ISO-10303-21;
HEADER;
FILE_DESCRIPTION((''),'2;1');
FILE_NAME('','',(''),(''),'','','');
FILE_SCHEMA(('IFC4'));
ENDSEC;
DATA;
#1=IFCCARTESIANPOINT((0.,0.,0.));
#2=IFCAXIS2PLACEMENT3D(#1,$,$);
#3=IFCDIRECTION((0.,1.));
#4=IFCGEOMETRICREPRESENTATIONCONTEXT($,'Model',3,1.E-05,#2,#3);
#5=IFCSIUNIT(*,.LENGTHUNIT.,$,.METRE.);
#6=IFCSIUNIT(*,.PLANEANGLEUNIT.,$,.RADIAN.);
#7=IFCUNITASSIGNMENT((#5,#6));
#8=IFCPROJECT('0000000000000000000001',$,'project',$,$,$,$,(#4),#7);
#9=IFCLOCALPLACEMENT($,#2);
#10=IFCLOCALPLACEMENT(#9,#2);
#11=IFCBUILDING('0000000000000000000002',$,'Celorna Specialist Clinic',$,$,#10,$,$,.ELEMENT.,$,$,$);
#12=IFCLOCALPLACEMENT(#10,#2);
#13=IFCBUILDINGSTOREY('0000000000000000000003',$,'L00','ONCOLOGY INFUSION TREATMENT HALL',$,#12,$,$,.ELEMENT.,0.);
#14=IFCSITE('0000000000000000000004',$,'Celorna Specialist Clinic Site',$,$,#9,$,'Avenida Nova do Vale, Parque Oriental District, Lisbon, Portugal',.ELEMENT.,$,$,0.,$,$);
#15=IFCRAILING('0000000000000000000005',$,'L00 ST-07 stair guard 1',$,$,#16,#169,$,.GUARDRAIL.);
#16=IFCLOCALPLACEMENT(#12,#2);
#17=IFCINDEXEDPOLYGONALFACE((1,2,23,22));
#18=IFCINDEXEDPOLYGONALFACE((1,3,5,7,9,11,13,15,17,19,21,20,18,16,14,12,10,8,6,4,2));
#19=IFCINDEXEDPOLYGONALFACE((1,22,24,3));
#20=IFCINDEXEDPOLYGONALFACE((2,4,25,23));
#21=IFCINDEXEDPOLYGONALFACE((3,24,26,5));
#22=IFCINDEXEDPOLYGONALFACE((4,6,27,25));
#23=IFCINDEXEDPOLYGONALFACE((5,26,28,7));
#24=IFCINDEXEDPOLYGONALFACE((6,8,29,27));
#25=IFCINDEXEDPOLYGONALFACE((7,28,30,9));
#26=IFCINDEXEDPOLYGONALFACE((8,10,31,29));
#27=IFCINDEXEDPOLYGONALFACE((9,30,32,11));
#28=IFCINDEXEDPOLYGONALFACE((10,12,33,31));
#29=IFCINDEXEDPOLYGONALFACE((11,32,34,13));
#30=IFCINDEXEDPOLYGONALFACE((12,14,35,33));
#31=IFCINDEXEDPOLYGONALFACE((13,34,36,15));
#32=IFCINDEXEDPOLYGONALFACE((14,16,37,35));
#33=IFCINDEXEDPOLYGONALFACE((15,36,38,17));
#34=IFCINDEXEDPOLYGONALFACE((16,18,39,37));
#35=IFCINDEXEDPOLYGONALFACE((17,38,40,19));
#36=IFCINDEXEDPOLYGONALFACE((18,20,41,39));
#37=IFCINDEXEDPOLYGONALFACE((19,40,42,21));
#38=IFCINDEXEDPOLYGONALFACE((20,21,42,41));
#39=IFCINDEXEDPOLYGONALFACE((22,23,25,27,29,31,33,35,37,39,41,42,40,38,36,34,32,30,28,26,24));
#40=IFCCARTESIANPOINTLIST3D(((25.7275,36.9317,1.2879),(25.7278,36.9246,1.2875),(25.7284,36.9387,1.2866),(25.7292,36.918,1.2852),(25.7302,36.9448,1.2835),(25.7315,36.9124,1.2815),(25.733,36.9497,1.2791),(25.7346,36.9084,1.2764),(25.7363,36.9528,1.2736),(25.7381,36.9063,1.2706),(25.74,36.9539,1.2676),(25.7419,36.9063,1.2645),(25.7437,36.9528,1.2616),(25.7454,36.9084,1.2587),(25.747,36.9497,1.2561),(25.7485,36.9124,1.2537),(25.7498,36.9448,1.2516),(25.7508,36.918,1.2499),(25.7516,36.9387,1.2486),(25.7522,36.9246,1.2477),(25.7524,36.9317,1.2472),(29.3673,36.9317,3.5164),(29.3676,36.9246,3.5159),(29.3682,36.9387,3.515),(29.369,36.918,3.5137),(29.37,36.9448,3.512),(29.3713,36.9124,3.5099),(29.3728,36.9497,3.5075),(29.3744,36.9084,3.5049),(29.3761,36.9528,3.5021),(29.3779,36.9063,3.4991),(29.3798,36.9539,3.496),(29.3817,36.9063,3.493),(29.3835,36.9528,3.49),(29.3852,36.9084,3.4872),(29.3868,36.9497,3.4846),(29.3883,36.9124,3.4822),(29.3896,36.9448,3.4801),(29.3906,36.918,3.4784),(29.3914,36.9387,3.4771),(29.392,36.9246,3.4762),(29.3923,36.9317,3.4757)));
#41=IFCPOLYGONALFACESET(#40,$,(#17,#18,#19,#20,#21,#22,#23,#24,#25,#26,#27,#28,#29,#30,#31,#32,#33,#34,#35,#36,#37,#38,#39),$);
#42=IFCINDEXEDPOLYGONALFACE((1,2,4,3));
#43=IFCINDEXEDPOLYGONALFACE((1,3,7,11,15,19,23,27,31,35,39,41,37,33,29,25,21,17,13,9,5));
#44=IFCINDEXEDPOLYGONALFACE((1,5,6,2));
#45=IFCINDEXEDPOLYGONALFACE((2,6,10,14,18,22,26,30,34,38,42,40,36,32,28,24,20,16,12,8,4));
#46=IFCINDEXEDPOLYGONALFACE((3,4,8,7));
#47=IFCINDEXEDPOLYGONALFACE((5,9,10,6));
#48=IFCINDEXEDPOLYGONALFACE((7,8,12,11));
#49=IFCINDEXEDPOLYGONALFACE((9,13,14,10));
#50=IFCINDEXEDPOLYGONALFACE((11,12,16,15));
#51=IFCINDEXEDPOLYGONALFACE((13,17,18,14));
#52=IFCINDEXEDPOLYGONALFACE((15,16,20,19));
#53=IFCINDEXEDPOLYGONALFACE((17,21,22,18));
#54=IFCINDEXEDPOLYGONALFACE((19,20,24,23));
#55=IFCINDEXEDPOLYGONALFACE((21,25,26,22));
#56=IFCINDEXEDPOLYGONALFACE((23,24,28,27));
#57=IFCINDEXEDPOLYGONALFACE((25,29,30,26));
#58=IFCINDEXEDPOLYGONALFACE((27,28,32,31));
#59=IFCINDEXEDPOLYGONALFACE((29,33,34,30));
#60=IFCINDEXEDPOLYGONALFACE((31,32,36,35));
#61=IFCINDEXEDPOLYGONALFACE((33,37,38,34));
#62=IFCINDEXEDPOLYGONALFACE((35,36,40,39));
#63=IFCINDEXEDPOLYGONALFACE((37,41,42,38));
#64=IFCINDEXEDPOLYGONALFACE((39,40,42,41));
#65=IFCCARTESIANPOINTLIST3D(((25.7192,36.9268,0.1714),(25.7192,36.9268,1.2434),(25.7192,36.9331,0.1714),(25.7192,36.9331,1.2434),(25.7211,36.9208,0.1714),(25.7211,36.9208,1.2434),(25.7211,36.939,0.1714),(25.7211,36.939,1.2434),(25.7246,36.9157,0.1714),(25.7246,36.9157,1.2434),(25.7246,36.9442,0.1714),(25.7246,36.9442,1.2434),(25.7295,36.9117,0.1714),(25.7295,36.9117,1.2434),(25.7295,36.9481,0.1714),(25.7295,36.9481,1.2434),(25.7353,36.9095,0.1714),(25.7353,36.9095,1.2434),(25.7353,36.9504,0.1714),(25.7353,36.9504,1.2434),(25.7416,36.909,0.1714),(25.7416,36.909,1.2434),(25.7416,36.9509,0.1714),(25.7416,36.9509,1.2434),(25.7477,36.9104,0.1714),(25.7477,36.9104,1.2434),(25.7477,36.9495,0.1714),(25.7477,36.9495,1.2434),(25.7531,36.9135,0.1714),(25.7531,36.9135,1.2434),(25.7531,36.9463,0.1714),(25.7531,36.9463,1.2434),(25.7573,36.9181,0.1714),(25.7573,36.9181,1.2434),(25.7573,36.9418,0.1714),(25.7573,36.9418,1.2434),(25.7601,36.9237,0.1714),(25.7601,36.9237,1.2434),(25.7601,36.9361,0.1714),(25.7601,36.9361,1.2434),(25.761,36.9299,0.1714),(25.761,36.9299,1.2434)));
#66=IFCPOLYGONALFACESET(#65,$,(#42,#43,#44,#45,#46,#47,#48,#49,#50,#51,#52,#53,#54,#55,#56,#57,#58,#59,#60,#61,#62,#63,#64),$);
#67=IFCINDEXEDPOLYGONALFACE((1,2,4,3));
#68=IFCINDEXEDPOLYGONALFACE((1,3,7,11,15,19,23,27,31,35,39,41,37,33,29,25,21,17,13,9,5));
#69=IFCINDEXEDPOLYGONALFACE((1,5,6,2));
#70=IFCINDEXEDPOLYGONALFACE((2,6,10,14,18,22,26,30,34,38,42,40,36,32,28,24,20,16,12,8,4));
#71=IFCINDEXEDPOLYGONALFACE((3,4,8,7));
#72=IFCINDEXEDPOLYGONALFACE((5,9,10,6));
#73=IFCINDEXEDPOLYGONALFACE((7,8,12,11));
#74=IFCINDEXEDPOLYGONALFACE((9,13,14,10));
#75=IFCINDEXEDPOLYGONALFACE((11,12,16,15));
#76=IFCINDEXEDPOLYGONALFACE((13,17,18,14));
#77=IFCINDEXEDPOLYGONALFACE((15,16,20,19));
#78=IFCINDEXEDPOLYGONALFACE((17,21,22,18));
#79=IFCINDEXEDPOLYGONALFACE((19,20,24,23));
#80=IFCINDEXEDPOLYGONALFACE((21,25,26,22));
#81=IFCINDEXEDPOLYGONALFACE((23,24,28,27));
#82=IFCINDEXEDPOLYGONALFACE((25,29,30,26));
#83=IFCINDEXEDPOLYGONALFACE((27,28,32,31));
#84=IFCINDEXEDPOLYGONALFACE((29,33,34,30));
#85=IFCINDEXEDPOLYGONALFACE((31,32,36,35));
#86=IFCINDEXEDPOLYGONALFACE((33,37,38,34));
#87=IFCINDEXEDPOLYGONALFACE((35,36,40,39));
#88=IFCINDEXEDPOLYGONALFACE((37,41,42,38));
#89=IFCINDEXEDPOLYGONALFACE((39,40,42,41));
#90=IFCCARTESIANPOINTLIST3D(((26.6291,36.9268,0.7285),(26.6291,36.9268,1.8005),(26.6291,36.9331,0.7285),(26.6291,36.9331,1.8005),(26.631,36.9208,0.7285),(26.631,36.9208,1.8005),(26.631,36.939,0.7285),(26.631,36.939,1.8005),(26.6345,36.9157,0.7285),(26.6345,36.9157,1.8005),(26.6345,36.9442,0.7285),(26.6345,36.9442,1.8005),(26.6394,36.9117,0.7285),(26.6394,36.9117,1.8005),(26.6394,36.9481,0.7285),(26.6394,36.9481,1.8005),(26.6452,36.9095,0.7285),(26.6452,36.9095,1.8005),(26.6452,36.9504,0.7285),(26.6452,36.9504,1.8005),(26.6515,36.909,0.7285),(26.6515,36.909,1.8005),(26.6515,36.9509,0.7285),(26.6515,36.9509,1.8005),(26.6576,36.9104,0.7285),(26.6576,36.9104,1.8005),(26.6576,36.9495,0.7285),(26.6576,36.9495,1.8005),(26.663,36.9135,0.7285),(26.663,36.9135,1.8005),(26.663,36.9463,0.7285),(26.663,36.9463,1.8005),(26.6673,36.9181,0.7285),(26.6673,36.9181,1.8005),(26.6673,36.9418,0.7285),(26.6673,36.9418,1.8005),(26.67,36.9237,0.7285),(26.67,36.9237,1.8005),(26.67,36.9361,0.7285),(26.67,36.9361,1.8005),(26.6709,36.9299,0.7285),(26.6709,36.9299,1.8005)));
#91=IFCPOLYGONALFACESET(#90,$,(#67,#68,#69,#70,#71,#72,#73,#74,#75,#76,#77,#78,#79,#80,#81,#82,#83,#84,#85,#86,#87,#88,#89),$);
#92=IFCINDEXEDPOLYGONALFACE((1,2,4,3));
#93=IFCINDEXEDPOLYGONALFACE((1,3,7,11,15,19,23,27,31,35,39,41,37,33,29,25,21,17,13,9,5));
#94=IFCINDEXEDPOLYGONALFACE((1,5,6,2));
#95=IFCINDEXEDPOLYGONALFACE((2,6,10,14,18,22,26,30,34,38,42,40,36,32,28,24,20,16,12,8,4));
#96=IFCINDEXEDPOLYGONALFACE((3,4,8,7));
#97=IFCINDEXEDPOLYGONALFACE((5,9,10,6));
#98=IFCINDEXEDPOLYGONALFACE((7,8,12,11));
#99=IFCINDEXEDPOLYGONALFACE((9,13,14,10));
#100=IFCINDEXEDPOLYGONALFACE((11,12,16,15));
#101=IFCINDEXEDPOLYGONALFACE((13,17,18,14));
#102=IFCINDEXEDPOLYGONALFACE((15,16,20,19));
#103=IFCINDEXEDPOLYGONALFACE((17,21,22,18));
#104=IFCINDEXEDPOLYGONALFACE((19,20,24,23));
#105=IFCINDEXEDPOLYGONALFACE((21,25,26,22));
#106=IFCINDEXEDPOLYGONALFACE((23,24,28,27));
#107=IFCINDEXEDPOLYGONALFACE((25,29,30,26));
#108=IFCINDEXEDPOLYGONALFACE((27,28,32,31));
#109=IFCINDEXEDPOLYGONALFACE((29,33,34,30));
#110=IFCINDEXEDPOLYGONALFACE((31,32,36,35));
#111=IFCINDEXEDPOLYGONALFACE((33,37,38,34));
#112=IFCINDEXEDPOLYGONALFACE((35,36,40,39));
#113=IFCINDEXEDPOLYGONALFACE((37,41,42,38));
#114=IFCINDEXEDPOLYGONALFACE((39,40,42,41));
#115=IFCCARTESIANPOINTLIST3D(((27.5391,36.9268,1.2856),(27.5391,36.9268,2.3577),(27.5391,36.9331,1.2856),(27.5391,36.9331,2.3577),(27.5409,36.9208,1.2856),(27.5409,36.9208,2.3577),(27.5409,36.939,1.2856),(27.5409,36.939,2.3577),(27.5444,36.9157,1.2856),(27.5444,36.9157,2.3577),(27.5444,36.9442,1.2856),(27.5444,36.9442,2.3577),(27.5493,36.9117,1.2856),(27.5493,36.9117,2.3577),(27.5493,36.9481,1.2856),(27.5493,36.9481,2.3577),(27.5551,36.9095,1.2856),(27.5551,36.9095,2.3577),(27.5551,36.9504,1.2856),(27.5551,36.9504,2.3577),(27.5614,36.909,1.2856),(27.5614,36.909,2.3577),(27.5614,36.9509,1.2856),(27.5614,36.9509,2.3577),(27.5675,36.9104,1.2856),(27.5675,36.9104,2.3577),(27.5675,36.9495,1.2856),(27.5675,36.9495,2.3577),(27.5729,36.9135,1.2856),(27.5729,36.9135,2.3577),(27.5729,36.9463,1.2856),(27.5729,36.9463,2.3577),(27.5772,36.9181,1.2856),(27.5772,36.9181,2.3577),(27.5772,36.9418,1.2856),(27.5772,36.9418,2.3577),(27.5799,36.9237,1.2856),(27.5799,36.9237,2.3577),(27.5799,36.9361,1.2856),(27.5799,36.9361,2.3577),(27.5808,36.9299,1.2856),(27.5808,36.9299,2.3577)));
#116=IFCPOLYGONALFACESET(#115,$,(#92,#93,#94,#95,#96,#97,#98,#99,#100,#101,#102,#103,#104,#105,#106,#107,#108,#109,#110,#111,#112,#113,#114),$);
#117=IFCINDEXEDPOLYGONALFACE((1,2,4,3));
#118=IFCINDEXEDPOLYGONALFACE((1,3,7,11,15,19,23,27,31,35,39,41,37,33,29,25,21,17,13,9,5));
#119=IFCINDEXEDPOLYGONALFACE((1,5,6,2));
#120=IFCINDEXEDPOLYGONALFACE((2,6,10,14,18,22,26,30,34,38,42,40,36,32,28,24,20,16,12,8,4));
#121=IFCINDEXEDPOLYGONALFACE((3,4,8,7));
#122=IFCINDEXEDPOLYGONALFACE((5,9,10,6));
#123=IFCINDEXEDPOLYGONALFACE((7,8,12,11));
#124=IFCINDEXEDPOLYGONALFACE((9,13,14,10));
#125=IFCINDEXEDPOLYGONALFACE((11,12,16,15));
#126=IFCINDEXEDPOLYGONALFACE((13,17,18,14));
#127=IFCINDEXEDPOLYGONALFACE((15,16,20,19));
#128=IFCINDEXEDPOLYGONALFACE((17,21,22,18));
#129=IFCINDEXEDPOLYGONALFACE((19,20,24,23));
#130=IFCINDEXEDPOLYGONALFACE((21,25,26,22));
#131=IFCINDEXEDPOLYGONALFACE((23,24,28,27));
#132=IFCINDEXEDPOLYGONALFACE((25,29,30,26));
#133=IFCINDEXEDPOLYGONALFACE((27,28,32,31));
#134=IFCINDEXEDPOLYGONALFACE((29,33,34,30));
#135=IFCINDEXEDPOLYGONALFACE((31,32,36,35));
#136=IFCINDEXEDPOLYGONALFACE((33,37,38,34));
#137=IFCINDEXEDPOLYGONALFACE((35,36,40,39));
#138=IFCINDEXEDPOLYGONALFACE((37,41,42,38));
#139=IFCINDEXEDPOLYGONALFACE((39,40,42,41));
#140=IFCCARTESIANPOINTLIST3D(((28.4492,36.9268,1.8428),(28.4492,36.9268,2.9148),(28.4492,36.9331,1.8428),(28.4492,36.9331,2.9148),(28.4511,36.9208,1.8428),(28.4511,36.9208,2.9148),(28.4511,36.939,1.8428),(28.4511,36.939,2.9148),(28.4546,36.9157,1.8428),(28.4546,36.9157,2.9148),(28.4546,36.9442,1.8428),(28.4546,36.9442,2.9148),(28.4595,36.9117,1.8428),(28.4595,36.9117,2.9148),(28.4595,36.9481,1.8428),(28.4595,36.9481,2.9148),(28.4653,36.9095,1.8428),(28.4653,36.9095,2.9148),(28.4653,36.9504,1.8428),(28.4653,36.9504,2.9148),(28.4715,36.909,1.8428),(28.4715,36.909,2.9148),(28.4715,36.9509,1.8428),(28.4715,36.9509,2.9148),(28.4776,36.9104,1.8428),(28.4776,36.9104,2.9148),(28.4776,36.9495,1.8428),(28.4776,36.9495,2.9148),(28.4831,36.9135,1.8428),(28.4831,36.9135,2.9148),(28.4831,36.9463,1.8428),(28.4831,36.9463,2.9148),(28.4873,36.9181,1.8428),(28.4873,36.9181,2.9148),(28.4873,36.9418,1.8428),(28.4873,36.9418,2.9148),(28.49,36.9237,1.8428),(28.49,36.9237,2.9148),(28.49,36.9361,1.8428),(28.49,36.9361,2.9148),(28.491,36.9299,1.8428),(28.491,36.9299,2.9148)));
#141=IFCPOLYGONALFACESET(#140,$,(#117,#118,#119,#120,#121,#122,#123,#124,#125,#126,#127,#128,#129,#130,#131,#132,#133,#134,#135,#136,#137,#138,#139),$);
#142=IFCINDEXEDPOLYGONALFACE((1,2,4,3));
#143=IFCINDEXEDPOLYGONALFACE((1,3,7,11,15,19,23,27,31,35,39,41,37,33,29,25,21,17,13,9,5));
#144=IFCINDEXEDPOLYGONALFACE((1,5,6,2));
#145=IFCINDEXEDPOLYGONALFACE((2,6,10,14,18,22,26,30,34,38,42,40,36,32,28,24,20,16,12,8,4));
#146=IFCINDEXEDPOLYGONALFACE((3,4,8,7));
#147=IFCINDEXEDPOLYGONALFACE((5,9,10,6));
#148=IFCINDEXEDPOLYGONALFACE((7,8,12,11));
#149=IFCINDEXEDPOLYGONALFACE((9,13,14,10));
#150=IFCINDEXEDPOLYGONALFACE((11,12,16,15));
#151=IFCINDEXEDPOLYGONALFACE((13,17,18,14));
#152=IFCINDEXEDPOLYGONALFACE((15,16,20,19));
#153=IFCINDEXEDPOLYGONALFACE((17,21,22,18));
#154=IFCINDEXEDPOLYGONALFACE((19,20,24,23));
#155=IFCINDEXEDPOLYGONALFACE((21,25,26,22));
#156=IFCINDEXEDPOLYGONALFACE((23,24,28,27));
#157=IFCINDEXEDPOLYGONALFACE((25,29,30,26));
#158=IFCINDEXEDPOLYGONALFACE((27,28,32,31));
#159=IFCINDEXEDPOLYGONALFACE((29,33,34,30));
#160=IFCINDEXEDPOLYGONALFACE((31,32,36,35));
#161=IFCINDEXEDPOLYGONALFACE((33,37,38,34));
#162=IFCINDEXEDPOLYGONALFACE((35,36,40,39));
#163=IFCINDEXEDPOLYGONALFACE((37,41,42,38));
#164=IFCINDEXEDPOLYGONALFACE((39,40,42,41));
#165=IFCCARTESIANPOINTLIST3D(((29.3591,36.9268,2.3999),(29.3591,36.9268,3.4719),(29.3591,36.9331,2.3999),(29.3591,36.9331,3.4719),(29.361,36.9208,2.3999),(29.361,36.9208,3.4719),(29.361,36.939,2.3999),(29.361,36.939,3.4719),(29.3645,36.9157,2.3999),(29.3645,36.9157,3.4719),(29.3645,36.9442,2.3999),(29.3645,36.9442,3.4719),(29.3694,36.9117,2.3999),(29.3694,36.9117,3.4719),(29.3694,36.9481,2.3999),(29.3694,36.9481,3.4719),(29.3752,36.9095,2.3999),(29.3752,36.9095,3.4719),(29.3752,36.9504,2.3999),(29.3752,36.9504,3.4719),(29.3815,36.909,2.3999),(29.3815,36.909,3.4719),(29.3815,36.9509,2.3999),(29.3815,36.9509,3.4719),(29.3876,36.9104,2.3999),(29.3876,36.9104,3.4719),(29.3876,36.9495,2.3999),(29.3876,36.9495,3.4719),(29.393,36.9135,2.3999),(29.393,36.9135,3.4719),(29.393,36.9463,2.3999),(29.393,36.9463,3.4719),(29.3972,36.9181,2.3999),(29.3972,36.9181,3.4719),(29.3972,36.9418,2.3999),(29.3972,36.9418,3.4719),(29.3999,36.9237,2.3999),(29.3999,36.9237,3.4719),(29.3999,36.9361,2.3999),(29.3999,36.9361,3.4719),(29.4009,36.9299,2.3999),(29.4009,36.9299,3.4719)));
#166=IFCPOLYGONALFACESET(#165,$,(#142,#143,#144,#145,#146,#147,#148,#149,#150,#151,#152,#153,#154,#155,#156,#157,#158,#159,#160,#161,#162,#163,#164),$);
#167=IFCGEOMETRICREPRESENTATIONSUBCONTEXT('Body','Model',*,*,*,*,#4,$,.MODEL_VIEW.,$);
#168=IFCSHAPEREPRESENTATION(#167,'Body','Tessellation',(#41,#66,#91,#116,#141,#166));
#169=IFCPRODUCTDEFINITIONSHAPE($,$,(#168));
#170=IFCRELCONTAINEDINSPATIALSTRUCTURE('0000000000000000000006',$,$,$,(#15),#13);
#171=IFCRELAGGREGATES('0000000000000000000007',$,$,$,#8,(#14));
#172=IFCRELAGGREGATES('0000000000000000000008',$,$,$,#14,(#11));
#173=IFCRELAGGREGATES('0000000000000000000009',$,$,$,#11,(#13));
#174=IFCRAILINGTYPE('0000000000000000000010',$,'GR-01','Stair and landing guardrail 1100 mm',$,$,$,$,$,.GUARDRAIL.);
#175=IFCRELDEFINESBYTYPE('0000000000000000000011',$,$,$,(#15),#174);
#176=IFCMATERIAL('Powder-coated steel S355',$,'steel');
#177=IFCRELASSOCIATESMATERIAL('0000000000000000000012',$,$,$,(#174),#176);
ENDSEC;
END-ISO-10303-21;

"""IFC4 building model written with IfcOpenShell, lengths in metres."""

from ifc_helpers import new_model, si_unit, direction, frame, origin, origin_2d, place, context, subcontext, project, spatial, circle, extrude, material, type_object, element, save


model = new_model("IFC4")

# Units and contexts
model_context = context("Model", 3, precision=1e-05, world=origin(), true_north=direction((0.0, 1.0)))
body_context = subcontext(model_context, "Body", "Model", "MODEL_VIEW")
ifc_project = project(units=[si_unit("LENGTHUNIT", "METRE"), si_unit("PLANEANGLEUNIT", "RADIAN")], contexts=[model_context])

# Site, building, storey
site_placement = place(None, origin())
site = spatial("IfcSite", under=ifc_project, at=site_placement, Name="Celorna Specialist Clinic Site", LongName="Avenida Nova do Vale, Parque Oriental District, Lisbon, Portugal", CompositionType="ELEMENT", RefElevation=0.0)
building_placement = place(site_placement, origin())
building = spatial("IfcBuilding", under=site, at=building_placement, Name="Celorna Specialist Clinic", CompositionType="ELEMENT")
storey_placement = place(building_placement, origin())
storey = spatial("IfcBuildingStorey", under=building, at=storey_placement, Name="L00", Description="ONCOLOGY INFUSION TREATMENT HALL", CompositionType="ELEMENT", Elevation=0.0)

# Railing
ifc_material_1 = material(Name="Powder-coated steel S355", Category="steel")
railing_type_1 = type_object("IfcRailingType", Name="GR-01", Description="Stair and landing guardrail 1100 mm", PredefinedType="GUARDRAIL", material=ifc_material_1)
railing_1_placement = place(storey_placement, frame((25.74, 36.9299, 0.1714)))
element("IfcRailing", 1, at=railing_1_placement, inside=storey, type_object=railing_type_1, Name="L00 ST-07 stair guard 1", PredefinedType="GUARDRAIL", context=body_context, shape_type="SweptSolid", body=[
    extrude(circle(Radius=0.0239, at=origin_2d()), frame((0.0, 0.0, 1.0962), z_axis=(0.85285, 0.0, 0.522156), x_axis=(0.0, 1.0, 0.0)), (0.0, 0.0, 1.0), 4.2678),
    extrude(circle(Radius=0.021, at=origin_2d()), origin(), (0.0, 0.0, 1.0), 1.072),
    extrude(circle(Radius=0.021, at=origin_2d()), frame((0.9099, 0.0, 0.5571)), (0.0, 0.0, 1.0), 1.072),
    extrude(circle(Radius=0.021, at=origin_2d()), frame((1.8198, 0.0, 1.1143)), (0.0, 0.0, 1.0), 1.072),
    extrude(circle(Radius=0.021, at=origin_2d()), frame((2.73, 0.0, 1.6714)), (0.0, 0.0, 1.0), 1.072),
    extrude(circle(Radius=0.021, at=origin_2d()), frame((3.6399, 0.0, 2.2285)), (0.0, 0.0, 1.0), 1.072),
])

save(model, "model.ifc")
